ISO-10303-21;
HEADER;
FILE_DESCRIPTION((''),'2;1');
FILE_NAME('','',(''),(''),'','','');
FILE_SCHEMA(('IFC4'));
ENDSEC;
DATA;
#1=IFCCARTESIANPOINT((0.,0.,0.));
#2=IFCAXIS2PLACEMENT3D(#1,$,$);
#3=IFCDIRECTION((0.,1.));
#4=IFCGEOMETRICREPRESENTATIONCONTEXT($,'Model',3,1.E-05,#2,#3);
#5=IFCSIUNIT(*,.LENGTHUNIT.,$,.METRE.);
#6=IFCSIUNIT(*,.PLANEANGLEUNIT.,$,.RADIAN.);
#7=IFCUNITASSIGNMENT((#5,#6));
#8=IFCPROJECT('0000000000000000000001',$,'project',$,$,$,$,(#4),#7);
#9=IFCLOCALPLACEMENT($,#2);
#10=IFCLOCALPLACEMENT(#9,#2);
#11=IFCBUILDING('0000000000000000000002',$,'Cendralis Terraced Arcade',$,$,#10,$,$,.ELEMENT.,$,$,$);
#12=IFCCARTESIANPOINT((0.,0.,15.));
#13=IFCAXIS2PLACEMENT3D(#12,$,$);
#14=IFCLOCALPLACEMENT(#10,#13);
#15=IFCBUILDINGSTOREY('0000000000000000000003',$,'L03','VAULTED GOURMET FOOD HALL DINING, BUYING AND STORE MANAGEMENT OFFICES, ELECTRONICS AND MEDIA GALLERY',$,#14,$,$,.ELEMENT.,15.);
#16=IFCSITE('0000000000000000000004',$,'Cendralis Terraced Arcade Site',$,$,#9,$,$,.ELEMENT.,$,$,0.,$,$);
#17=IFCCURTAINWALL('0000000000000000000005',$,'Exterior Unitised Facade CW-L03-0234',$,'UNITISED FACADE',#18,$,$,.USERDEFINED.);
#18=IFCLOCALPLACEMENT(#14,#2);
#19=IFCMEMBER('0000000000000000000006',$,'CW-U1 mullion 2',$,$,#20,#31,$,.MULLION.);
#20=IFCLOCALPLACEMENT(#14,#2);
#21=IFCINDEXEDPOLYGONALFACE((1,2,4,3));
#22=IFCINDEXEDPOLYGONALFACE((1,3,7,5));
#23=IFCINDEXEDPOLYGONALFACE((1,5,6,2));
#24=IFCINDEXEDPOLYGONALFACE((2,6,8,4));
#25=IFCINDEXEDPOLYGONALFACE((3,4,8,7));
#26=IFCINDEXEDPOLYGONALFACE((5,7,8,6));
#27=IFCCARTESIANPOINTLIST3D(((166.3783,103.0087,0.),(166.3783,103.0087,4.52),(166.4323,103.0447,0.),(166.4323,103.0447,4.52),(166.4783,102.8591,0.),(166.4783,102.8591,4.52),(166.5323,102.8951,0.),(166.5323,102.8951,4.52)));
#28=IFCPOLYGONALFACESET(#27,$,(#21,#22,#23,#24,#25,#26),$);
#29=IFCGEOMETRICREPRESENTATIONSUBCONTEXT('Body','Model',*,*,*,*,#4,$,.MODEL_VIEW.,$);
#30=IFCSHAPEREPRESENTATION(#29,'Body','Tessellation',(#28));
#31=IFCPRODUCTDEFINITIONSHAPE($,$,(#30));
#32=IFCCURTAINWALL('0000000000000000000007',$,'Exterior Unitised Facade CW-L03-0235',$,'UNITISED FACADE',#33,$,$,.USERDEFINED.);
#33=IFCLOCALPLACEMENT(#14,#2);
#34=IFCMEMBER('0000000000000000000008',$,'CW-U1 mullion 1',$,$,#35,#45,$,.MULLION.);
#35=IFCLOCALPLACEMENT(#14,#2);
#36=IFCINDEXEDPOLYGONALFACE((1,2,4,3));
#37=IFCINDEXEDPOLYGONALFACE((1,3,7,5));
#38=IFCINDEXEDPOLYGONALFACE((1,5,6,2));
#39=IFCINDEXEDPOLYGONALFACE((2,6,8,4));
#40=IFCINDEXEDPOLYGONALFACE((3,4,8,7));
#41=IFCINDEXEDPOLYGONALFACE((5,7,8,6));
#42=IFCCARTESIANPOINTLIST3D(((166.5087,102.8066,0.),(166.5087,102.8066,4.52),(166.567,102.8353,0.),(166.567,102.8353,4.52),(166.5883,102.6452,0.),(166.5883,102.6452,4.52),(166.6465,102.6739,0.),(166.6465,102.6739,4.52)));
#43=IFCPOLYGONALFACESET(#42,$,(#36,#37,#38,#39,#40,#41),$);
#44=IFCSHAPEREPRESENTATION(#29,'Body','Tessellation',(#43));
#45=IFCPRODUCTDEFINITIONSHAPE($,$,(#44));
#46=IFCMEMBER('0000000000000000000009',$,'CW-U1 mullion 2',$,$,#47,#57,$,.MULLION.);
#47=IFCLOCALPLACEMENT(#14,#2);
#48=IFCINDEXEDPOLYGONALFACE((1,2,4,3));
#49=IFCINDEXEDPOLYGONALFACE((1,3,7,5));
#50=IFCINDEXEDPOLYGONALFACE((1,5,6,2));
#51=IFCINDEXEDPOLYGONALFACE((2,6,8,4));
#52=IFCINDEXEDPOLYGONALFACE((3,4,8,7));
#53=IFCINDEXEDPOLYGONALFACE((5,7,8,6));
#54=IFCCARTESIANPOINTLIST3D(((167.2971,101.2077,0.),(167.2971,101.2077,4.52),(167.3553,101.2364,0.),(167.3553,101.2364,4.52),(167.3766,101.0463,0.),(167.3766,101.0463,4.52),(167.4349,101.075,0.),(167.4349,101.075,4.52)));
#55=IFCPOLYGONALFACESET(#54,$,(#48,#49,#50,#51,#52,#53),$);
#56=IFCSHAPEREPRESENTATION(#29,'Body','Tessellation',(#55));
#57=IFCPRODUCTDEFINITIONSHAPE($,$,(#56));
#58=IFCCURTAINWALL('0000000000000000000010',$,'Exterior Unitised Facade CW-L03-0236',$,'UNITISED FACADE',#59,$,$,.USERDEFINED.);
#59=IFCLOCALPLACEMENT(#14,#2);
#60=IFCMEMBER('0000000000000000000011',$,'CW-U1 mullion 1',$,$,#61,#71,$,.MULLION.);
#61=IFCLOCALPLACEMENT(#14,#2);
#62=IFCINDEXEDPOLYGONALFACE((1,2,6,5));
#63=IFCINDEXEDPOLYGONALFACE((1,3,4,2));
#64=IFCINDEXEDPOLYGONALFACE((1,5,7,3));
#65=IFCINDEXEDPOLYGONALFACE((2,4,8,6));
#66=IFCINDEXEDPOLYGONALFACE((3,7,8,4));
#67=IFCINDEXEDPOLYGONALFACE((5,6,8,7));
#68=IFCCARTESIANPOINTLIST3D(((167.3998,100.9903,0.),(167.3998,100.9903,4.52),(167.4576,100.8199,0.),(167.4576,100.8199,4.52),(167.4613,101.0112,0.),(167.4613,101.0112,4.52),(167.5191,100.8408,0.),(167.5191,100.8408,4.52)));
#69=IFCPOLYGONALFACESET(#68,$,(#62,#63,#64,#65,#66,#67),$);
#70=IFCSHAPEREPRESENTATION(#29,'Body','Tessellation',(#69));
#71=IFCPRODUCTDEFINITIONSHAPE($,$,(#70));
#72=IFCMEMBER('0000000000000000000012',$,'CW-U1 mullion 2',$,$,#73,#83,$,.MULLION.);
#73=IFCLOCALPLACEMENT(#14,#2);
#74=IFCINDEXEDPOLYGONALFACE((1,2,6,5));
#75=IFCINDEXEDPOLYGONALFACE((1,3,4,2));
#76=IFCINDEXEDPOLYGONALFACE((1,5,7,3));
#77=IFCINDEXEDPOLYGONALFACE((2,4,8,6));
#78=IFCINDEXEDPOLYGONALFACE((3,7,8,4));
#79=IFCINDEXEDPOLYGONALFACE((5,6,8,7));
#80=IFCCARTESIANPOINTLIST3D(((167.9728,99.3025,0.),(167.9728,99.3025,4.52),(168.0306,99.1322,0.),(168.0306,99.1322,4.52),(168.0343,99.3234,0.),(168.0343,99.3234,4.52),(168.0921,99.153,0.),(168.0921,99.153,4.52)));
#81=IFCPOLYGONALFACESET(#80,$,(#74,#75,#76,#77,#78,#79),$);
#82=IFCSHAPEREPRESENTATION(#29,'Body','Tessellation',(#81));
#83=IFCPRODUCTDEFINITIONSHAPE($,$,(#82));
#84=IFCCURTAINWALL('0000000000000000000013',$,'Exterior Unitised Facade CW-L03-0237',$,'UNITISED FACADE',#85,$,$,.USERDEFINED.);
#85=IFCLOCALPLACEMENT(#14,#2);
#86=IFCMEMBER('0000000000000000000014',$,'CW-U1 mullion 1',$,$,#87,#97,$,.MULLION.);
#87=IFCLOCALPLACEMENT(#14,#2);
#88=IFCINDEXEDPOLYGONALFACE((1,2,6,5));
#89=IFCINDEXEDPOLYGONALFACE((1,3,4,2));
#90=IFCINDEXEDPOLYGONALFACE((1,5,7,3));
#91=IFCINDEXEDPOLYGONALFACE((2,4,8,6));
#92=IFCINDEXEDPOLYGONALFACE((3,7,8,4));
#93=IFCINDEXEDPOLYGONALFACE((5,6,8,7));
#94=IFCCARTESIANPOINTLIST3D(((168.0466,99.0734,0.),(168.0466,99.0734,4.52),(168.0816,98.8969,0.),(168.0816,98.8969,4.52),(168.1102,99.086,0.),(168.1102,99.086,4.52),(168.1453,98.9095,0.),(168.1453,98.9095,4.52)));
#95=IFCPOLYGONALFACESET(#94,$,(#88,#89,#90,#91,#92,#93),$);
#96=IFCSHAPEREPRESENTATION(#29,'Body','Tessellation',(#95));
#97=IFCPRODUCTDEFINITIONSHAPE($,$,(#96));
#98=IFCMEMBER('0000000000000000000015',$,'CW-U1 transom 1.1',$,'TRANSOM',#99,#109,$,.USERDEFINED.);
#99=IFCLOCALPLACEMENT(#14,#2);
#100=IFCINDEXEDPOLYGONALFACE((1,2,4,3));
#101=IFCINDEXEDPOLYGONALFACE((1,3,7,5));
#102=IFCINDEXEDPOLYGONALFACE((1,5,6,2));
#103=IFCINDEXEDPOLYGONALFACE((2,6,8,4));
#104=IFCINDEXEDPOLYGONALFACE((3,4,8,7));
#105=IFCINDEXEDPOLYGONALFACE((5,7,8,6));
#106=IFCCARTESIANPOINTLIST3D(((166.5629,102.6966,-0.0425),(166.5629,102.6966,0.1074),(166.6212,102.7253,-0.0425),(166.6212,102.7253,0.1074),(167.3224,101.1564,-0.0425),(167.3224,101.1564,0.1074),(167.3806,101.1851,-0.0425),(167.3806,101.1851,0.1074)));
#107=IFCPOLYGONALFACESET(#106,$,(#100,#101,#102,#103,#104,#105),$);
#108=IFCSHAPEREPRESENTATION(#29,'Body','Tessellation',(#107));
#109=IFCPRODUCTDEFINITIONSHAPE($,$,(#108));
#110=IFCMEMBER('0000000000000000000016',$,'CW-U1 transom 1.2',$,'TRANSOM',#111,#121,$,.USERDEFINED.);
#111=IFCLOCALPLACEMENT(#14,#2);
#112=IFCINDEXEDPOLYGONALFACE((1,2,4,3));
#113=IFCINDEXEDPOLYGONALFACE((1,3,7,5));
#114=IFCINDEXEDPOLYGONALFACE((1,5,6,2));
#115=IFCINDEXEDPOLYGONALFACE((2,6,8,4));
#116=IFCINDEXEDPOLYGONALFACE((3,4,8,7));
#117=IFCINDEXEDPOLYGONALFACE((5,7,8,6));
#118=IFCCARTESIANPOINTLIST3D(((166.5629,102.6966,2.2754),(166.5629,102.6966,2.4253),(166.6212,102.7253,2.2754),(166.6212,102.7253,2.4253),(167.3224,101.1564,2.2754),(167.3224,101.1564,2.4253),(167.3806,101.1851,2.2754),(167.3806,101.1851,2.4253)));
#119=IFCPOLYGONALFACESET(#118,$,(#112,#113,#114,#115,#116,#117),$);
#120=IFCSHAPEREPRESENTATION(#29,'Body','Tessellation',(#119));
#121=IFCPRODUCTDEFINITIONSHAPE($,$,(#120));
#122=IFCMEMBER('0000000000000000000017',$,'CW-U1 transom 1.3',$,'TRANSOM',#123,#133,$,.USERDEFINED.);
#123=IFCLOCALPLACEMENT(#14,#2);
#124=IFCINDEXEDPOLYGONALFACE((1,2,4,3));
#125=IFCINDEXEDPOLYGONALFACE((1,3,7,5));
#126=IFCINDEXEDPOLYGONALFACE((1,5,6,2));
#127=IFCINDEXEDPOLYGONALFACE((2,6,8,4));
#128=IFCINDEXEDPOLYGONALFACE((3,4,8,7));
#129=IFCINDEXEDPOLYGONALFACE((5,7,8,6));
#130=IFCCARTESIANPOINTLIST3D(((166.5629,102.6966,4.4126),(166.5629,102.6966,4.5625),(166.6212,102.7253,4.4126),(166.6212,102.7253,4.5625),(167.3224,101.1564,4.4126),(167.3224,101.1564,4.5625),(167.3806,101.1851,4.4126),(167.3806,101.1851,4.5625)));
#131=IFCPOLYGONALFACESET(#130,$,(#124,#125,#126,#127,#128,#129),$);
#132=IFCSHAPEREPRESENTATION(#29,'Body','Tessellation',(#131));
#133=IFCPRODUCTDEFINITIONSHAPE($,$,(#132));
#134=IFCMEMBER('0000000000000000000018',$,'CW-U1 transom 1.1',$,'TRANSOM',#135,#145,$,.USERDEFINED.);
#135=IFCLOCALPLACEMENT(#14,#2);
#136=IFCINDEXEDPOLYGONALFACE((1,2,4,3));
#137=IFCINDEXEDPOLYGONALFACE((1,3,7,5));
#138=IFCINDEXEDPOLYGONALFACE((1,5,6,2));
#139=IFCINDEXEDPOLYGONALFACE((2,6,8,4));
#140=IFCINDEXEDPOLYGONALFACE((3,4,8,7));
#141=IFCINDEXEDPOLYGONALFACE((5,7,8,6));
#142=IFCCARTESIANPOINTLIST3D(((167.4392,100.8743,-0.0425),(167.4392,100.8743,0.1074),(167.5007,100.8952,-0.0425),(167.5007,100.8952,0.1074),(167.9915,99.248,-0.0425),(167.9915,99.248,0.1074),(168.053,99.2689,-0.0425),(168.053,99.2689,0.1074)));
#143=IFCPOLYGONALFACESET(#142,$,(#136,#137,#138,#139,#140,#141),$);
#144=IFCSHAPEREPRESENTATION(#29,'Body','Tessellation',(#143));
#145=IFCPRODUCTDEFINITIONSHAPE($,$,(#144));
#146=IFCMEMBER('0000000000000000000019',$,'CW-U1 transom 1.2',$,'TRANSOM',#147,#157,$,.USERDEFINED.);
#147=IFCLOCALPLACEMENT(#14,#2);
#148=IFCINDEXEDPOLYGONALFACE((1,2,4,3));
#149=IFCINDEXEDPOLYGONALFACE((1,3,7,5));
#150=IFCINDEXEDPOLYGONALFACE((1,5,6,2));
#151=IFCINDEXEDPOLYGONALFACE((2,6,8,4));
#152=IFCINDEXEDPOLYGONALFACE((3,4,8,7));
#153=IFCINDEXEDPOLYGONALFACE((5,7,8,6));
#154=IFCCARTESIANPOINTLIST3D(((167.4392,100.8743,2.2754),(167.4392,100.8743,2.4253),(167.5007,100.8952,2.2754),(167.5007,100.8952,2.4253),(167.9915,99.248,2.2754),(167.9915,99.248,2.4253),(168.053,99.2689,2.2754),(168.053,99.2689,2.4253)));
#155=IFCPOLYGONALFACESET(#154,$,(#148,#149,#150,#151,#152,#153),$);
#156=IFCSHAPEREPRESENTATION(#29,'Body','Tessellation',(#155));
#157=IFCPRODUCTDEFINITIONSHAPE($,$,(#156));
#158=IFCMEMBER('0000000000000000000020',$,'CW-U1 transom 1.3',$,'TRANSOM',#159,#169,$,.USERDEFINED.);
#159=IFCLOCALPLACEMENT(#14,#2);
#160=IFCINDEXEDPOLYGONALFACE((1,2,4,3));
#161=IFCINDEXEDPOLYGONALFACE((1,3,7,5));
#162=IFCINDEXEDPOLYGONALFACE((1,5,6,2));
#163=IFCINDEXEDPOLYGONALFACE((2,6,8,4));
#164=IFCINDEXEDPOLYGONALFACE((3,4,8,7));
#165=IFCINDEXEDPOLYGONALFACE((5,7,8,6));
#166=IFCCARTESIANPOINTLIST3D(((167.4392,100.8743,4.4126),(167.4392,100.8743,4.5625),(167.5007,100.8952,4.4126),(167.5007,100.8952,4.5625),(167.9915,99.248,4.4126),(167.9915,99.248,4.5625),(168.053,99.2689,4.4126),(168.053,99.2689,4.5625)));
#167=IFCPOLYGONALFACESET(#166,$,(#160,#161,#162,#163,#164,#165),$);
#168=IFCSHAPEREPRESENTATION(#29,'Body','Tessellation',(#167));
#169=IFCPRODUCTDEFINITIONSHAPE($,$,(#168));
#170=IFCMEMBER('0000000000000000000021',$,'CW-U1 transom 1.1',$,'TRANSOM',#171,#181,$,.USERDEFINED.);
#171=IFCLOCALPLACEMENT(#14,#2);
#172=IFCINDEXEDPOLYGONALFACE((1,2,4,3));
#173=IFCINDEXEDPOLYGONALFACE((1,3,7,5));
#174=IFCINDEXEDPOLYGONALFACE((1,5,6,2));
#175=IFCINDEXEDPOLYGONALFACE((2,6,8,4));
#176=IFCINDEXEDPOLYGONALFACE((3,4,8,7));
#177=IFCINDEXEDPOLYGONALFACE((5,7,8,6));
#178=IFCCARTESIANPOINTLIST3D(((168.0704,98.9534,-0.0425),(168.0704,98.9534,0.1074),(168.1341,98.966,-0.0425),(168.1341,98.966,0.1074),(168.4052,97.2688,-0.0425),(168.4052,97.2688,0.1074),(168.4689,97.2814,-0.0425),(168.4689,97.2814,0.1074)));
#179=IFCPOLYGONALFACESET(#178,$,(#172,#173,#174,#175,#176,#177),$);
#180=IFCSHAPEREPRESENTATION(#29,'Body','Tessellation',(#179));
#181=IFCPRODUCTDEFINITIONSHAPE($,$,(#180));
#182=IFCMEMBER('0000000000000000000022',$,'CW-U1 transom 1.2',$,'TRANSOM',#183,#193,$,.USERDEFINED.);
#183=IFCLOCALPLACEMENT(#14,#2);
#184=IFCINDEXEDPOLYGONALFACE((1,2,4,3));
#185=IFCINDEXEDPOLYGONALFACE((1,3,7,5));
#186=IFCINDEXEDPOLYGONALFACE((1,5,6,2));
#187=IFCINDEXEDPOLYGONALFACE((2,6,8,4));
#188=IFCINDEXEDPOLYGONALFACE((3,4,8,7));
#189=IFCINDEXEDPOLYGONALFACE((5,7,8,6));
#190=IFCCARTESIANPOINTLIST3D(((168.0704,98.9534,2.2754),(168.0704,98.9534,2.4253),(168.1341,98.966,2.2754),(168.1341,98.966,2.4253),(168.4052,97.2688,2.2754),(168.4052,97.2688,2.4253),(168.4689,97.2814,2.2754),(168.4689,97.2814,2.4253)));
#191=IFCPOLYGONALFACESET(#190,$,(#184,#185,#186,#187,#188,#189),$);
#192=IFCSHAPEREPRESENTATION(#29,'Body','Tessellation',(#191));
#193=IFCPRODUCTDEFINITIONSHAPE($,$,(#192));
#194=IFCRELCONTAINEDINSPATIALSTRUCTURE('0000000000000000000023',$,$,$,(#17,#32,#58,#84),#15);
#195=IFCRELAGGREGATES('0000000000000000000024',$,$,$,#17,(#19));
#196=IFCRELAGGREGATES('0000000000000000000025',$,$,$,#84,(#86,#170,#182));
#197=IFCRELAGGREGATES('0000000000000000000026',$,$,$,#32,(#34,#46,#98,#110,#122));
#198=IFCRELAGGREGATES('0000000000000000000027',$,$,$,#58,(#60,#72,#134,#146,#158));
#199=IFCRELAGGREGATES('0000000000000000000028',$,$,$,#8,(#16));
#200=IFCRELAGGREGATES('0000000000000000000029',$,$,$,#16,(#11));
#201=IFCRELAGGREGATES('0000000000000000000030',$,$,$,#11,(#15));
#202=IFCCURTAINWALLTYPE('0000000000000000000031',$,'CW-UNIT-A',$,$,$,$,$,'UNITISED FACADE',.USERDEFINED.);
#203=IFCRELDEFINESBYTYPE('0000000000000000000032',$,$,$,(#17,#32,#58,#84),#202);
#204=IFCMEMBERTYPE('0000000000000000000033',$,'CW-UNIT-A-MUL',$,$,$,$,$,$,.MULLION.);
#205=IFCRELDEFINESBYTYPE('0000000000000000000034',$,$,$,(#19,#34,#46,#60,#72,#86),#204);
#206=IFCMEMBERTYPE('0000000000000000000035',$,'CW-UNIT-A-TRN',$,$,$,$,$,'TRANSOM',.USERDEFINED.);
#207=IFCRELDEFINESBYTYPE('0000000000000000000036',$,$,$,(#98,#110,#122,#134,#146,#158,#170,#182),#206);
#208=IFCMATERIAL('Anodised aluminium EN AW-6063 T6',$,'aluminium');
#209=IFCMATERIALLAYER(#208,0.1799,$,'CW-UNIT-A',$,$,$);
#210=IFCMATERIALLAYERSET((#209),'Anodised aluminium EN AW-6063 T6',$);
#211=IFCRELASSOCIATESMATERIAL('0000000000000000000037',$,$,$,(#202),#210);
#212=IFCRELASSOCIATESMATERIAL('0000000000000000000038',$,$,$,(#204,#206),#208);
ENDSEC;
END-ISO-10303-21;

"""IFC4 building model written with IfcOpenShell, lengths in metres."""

from ifc_helpers import new_model, si_unit, direction, frame, origin, origin_2d, place, context, subcontext, project, spatial, rectangle, extrude, material, layer, layer_set, material_profile, profile_set, type_object, element, aggregate, save


model = new_model("IFC4")

# Units and contexts
model_context = context("Model", 3, precision=1e-05, world=origin(), true_north=direction((0.0, 1.0)))
body_context = subcontext(model_context, "Body", "Model", "MODEL_VIEW")
ifc_project = project(units=[si_unit("LENGTHUNIT", "METRE"), si_unit("PLANEANGLEUNIT", "RADIAN")], contexts=[model_context])

# Site, building, storey
site_placement = place(None, origin())
site = spatial("IfcSite", under=ifc_project, at=site_placement, Name="Cendralis Terraced Arcade Site", CompositionType="ELEMENT", RefElevation=0.0)
building_placement = place(site_placement, origin())
building = spatial("IfcBuilding", under=site, at=building_placement, Name="Cendralis Terraced Arcade", CompositionType="ELEMENT")
storey_placement = place(building_placement, frame((0.0, 0.0, 15.0)))
storey = spatial("IfcBuildingStorey", under=building, at=storey_placement, Name="L03", Description="VAULTED GOURMET FOOD HALL DINING, BUYING AND STORE MANAGEMENT OFFICES, ELECTRONICS AND MEDIA GALLERY", CompositionType="ELEMENT", Elevation=15.0)

# Curtain wall, member
ifc_material_1 = material(Name="Anodised aluminium EN AW-6063 T6", Category="aluminium")
ifc_layer_1 = layer(ifc_material_1, 0.1799, Name="CW-UNIT-A")
ifc_layer_set_1 = layer_set([ifc_layer_1], Name="Anodised aluminium EN AW-6063 T6")
curtain_wall_type = type_object("IfcCurtainWallType", Name="CW-UNIT-A", ElementType="UNITISED FACADE", PredefinedType="USERDEFINED", material=ifc_layer_set_1)
curtain_wall_1_placement = place(storey_placement, origin())
curtain_wall_1 = element("IfcCurtainWall", 1, at=curtain_wall_1_placement, inside=storey, type_object=curtain_wall_type, Name="Exterior Unitised Facade CW-L03-0234", ObjectType="UNITISED FACADE", PredefinedType="USERDEFINED")
ifc_material_profile_1 = material_profile(ifc_material_1, rectangle(XDim=0.0649, YDim=0.1799, at=origin_2d()), Name="ALU-MUL-65x180")
ifc_profile_set_1 = profile_set([ifc_material_profile_1], Name="Anodised aluminium EN AW-6063 T6")
member_type_1 = type_object("IfcMemberType", Name="CW-UNIT-A-MUL", PredefinedType="MULLION", material=ifc_profile_set_1)
member_1_placement = place(storey_placement, frame((166.4553, 102.9519, 0.0), z_axis=(0.0, 0.0, 1.0), x_axis=(0.831484, 0.555549, 0.0)))
member_1 = element("IfcMember", 2, at=member_1_placement, type_object=member_type_1, Name="CW-U1 mullion 2", PredefinedType="MULLION", context=body_context, shape_type="SweptSolid", body=[
    extrude(rectangle(XDim=0.0649, YDim=0.1799, at=origin_2d()), origin(), (0.0, 0.0, 1.0), 4.52),
])
aggregate(curtain_wall_1, [member_1])

# Curtain walls, members
curtain_wall_2_placement = place(storey_placement, origin())
curtain_wall_2 = element("IfcCurtainWall", 3, at=curtain_wall_2_placement, inside=storey, type_object=curtain_wall_type, Name="Exterior Unitised Facade CW-L03-0235", ObjectType="UNITISED FACADE", PredefinedType="USERDEFINED")
member_2_placement = place(storey_placement, frame((166.5776, 102.7402, 0.0), z_axis=(0.0, 0.0, 1.0), x_axis=(0.896882, 0.44227, 0.0)))
member_2 = element("IfcMember", 4, at=member_2_placement, type_object=member_type_1, Name="CW-U1 mullion 1", PredefinedType="MULLION", context=body_context, shape_type="SweptSolid", body=[
    extrude(rectangle(XDim=0.0649, YDim=0.1799, at=origin_2d()), origin(), (0.0, 0.0, 1.0), 4.52),
])
member_3_placement = place(storey_placement, frame((167.366, 101.1414, 0.0), z_axis=(0.0, 0.0, 1.0), x_axis=(0.896882, 0.44227, 0.0)))
member_3 = element("IfcMember", 5, at=member_3_placement, type_object=member_type_1, Name="CW-U1 mullion 2", PredefinedType="MULLION", context=body_context, shape_type="SweptSolid", body=[
    extrude(rectangle(XDim=0.0649, YDim=0.1799, at=origin_2d()), origin(), (0.0, 0.0, 1.0), 4.52),
])
curtain_wall_3_placement = place(storey_placement, origin())
curtain_wall_3 = element("IfcCurtainWall", 6, at=curtain_wall_3_placement, inside=storey, type_object=curtain_wall_type, Name="Exterior Unitised Facade CW-L03-0236", ObjectType="UNITISED FACADE", PredefinedType="USERDEFINED")
member_4_placement = place(storey_placement, frame((167.4595, 100.9155, 0.0), z_axis=(0.0, 0.0, 1.0), x_axis=(0.94691, 0.3215, 0.0)))
member_4 = element("IfcMember", 7, at=member_4_placement, type_object=member_type_1, Name="CW-U1 mullion 1", PredefinedType="MULLION", context=body_context, shape_type="SweptSolid", body=[
    extrude(rectangle(XDim=0.0649, YDim=0.1799, at=origin_2d()), origin(), (0.0, 0.0, 1.0), 4.52),
])
member_5_placement = place(storey_placement, frame((168.0325, 99.2278, 0.0), z_axis=(0.0, 0.0, 1.0), x_axis=(0.94691, 0.3215, 0.0)))
member_5 = element("IfcMember", 8, at=member_5_placement, type_object=member_type_1, Name="CW-U1 mullion 2", PredefinedType="MULLION", context=body_context, shape_type="SweptSolid", body=[
    extrude(rectangle(XDim=0.0649, YDim=0.1799, at=origin_2d()), origin(), (0.0, 0.0, 1.0), 4.52),
])

# Curtain wall, member
curtain_wall_4_placement = place(storey_placement, origin())
curtain_wall_4 = element("IfcCurtainWall", 9, at=curtain_wall_4_placement, inside=storey, type_object=curtain_wall_type, Name="Exterior Unitised Facade CW-L03-0237", ObjectType="UNITISED FACADE", PredefinedType="USERDEFINED")
member_6_placement = place(storey_placement, frame((168.0959, 98.9915, 0.0), z_axis=(0.0, 0.0, 1.0), x_axis=(0.980797, 0.195033, 0.0)))
member_6 = element("IfcMember", 10, at=member_6_placement, type_object=member_type_1, Name="CW-U1 mullion 1", PredefinedType="MULLION", context=body_context, shape_type="SweptSolid", body=[
    extrude(rectangle(XDim=0.0649, YDim=0.1799, at=origin_2d()), origin(), (0.0, 0.0, 1.0), 4.52),
])

# Members
ifc_material_profile_2 = material_profile(ifc_material_1, rectangle(XDim=0.0649, YDim=0.1499, at=origin_2d()), Name="ALU-TRN-65x150")
ifc_profile_set_2 = profile_set([ifc_material_profile_2], Name="Anodised aluminium EN AW-6063 T6")
member_type_2 = type_object("IfcMemberType", Name="CW-UNIT-A-TRN", ElementType="TRANSOM", PredefinedType="USERDEFINED", material=ifc_profile_set_2)
member_7_placement = place(storey_placement, frame((166.592, 102.7109, 0.0325), z_axis=(0.44226, -0.896887, 0.0), x_axis=(0.896887, 0.44226, 0.0)))
member_7 = element("IfcMember", 11, at=member_7_placement, type_object=member_type_2, Name="CW-U1 transom 1.1", ObjectType="TRANSOM", PredefinedType="USERDEFINED", context=body_context, shape_type="SweptSolid", body=[
    extrude(rectangle(XDim=0.0649, YDim=0.1499, at=origin_2d()), origin(), (0.0, 0.0, 1.0), 1.7173),
])
member_8_placement = place(storey_placement, frame((166.592, 102.7109, 2.3503), z_axis=(0.44226, -0.896887, 0.0), x_axis=(0.896887, 0.44226, 0.0)))
member_8 = element("IfcMember", 12, at=member_8_placement, type_object=member_type_2, Name="CW-U1 transom 1.2", ObjectType="TRANSOM", PredefinedType="USERDEFINED", context=body_context, shape_type="SweptSolid", body=[
    extrude(rectangle(XDim=0.0649, YDim=0.1499, at=origin_2d()), origin(), (0.0, 0.0, 1.0), 1.7173),
])
member_9_placement = place(storey_placement, frame((166.592, 102.7109, 4.4875), z_axis=(0.44226, -0.896887, 0.0), x_axis=(0.896887, 0.44226, 0.0)))
member_9 = element("IfcMember", 13, at=member_9_placement, type_object=member_type_2, Name="CW-U1 transom 1.3", ObjectType="TRANSOM", PredefinedType="USERDEFINED", context=body_context, shape_type="SweptSolid", body=[
    extrude(rectangle(XDim=0.0649, YDim=0.1499, at=origin_2d()), origin(), (0.0, 0.0, 1.0), 1.7173),
])
member_10_placement = place(storey_placement, frame((167.47, 100.8848, 0.0325), z_axis=(0.321554, -0.946891, 0.0), x_axis=(0.946891, 0.321554, 0.0)))
member_10 = element("IfcMember", 14, at=member_10_placement, type_object=member_type_2, Name="CW-U1 transom 1.1", ObjectType="TRANSOM", PredefinedType="USERDEFINED", context=body_context, shape_type="SweptSolid", body=[
    extrude(rectangle(XDim=0.0649, YDim=0.1499, at=origin_2d()), origin(), (0.0, 0.0, 1.0), 1.7175),
])
member_11_placement = place(storey_placement, frame((167.47, 100.8848, 2.3503), z_axis=(0.321554, -0.946891, 0.0), x_axis=(0.946891, 0.321554, 0.0)))
member_11 = element("IfcMember", 15, at=member_11_placement, type_object=member_type_2, Name="CW-U1 transom 1.2", ObjectType="TRANSOM", PredefinedType="USERDEFINED", context=body_context, shape_type="SweptSolid", body=[
    extrude(rectangle(XDim=0.0649, YDim=0.1499, at=origin_2d()), origin(), (0.0, 0.0, 1.0), 1.7175),
])
member_12_placement = place(storey_placement, frame((167.47, 100.8848, 4.4875), z_axis=(0.321554, -0.946891, 0.0), x_axis=(0.946891, 0.321554, 0.0)))
member_12 = element("IfcMember", 16, at=member_12_placement, type_object=member_type_2, Name="CW-U1 transom 1.3", ObjectType="TRANSOM", PredefinedType="USERDEFINED", context=body_context, shape_type="SweptSolid", body=[
    extrude(rectangle(XDim=0.0649, YDim=0.1499, at=origin_2d()), origin(), (0.0, 0.0, 1.0), 1.7175),
])
member_13_placement = place(storey_placement, frame((168.1023, 98.9597, 0.0325), z_axis=(0.194886, -0.980826, 0.0), x_axis=(0.980826, 0.194886, 0.0)))
member_13 = element("IfcMember", 17, at=member_13_placement, type_object=member_type_2, Name="CW-U1 transom 1.1", ObjectType="TRANSOM", PredefinedType="USERDEFINED", context=body_context, shape_type="SweptSolid", body=[
    extrude(rectangle(XDim=0.0649, YDim=0.1499, at=origin_2d()), origin(), (0.0, 0.0, 1.0), 1.7175),
])
member_14_placement = place(storey_placement, frame((168.1023, 98.9597, 2.3503), z_axis=(0.194886, -0.980826, 0.0), x_axis=(0.980826, 0.194886, 0.0)))
member_14 = element("IfcMember", 18, at=member_14_placement, type_object=member_type_2, Name="CW-U1 transom 1.2", ObjectType="TRANSOM", PredefinedType="USERDEFINED", context=body_context, shape_type="SweptSolid", body=[
    extrude(rectangle(XDim=0.0649, YDim=0.1499, at=origin_2d()), origin(), (0.0, 0.0, 1.0), 1.7175),
])
aggregate(curtain_wall_4, [member_6, member_13, member_14])

aggregate(curtain_wall_2, [member_2, member_3, member_7, member_8, member_9])
aggregate(curtain_wall_3, [member_4, member_5, member_10, member_11, member_12])

save(model, "model.ifc")
